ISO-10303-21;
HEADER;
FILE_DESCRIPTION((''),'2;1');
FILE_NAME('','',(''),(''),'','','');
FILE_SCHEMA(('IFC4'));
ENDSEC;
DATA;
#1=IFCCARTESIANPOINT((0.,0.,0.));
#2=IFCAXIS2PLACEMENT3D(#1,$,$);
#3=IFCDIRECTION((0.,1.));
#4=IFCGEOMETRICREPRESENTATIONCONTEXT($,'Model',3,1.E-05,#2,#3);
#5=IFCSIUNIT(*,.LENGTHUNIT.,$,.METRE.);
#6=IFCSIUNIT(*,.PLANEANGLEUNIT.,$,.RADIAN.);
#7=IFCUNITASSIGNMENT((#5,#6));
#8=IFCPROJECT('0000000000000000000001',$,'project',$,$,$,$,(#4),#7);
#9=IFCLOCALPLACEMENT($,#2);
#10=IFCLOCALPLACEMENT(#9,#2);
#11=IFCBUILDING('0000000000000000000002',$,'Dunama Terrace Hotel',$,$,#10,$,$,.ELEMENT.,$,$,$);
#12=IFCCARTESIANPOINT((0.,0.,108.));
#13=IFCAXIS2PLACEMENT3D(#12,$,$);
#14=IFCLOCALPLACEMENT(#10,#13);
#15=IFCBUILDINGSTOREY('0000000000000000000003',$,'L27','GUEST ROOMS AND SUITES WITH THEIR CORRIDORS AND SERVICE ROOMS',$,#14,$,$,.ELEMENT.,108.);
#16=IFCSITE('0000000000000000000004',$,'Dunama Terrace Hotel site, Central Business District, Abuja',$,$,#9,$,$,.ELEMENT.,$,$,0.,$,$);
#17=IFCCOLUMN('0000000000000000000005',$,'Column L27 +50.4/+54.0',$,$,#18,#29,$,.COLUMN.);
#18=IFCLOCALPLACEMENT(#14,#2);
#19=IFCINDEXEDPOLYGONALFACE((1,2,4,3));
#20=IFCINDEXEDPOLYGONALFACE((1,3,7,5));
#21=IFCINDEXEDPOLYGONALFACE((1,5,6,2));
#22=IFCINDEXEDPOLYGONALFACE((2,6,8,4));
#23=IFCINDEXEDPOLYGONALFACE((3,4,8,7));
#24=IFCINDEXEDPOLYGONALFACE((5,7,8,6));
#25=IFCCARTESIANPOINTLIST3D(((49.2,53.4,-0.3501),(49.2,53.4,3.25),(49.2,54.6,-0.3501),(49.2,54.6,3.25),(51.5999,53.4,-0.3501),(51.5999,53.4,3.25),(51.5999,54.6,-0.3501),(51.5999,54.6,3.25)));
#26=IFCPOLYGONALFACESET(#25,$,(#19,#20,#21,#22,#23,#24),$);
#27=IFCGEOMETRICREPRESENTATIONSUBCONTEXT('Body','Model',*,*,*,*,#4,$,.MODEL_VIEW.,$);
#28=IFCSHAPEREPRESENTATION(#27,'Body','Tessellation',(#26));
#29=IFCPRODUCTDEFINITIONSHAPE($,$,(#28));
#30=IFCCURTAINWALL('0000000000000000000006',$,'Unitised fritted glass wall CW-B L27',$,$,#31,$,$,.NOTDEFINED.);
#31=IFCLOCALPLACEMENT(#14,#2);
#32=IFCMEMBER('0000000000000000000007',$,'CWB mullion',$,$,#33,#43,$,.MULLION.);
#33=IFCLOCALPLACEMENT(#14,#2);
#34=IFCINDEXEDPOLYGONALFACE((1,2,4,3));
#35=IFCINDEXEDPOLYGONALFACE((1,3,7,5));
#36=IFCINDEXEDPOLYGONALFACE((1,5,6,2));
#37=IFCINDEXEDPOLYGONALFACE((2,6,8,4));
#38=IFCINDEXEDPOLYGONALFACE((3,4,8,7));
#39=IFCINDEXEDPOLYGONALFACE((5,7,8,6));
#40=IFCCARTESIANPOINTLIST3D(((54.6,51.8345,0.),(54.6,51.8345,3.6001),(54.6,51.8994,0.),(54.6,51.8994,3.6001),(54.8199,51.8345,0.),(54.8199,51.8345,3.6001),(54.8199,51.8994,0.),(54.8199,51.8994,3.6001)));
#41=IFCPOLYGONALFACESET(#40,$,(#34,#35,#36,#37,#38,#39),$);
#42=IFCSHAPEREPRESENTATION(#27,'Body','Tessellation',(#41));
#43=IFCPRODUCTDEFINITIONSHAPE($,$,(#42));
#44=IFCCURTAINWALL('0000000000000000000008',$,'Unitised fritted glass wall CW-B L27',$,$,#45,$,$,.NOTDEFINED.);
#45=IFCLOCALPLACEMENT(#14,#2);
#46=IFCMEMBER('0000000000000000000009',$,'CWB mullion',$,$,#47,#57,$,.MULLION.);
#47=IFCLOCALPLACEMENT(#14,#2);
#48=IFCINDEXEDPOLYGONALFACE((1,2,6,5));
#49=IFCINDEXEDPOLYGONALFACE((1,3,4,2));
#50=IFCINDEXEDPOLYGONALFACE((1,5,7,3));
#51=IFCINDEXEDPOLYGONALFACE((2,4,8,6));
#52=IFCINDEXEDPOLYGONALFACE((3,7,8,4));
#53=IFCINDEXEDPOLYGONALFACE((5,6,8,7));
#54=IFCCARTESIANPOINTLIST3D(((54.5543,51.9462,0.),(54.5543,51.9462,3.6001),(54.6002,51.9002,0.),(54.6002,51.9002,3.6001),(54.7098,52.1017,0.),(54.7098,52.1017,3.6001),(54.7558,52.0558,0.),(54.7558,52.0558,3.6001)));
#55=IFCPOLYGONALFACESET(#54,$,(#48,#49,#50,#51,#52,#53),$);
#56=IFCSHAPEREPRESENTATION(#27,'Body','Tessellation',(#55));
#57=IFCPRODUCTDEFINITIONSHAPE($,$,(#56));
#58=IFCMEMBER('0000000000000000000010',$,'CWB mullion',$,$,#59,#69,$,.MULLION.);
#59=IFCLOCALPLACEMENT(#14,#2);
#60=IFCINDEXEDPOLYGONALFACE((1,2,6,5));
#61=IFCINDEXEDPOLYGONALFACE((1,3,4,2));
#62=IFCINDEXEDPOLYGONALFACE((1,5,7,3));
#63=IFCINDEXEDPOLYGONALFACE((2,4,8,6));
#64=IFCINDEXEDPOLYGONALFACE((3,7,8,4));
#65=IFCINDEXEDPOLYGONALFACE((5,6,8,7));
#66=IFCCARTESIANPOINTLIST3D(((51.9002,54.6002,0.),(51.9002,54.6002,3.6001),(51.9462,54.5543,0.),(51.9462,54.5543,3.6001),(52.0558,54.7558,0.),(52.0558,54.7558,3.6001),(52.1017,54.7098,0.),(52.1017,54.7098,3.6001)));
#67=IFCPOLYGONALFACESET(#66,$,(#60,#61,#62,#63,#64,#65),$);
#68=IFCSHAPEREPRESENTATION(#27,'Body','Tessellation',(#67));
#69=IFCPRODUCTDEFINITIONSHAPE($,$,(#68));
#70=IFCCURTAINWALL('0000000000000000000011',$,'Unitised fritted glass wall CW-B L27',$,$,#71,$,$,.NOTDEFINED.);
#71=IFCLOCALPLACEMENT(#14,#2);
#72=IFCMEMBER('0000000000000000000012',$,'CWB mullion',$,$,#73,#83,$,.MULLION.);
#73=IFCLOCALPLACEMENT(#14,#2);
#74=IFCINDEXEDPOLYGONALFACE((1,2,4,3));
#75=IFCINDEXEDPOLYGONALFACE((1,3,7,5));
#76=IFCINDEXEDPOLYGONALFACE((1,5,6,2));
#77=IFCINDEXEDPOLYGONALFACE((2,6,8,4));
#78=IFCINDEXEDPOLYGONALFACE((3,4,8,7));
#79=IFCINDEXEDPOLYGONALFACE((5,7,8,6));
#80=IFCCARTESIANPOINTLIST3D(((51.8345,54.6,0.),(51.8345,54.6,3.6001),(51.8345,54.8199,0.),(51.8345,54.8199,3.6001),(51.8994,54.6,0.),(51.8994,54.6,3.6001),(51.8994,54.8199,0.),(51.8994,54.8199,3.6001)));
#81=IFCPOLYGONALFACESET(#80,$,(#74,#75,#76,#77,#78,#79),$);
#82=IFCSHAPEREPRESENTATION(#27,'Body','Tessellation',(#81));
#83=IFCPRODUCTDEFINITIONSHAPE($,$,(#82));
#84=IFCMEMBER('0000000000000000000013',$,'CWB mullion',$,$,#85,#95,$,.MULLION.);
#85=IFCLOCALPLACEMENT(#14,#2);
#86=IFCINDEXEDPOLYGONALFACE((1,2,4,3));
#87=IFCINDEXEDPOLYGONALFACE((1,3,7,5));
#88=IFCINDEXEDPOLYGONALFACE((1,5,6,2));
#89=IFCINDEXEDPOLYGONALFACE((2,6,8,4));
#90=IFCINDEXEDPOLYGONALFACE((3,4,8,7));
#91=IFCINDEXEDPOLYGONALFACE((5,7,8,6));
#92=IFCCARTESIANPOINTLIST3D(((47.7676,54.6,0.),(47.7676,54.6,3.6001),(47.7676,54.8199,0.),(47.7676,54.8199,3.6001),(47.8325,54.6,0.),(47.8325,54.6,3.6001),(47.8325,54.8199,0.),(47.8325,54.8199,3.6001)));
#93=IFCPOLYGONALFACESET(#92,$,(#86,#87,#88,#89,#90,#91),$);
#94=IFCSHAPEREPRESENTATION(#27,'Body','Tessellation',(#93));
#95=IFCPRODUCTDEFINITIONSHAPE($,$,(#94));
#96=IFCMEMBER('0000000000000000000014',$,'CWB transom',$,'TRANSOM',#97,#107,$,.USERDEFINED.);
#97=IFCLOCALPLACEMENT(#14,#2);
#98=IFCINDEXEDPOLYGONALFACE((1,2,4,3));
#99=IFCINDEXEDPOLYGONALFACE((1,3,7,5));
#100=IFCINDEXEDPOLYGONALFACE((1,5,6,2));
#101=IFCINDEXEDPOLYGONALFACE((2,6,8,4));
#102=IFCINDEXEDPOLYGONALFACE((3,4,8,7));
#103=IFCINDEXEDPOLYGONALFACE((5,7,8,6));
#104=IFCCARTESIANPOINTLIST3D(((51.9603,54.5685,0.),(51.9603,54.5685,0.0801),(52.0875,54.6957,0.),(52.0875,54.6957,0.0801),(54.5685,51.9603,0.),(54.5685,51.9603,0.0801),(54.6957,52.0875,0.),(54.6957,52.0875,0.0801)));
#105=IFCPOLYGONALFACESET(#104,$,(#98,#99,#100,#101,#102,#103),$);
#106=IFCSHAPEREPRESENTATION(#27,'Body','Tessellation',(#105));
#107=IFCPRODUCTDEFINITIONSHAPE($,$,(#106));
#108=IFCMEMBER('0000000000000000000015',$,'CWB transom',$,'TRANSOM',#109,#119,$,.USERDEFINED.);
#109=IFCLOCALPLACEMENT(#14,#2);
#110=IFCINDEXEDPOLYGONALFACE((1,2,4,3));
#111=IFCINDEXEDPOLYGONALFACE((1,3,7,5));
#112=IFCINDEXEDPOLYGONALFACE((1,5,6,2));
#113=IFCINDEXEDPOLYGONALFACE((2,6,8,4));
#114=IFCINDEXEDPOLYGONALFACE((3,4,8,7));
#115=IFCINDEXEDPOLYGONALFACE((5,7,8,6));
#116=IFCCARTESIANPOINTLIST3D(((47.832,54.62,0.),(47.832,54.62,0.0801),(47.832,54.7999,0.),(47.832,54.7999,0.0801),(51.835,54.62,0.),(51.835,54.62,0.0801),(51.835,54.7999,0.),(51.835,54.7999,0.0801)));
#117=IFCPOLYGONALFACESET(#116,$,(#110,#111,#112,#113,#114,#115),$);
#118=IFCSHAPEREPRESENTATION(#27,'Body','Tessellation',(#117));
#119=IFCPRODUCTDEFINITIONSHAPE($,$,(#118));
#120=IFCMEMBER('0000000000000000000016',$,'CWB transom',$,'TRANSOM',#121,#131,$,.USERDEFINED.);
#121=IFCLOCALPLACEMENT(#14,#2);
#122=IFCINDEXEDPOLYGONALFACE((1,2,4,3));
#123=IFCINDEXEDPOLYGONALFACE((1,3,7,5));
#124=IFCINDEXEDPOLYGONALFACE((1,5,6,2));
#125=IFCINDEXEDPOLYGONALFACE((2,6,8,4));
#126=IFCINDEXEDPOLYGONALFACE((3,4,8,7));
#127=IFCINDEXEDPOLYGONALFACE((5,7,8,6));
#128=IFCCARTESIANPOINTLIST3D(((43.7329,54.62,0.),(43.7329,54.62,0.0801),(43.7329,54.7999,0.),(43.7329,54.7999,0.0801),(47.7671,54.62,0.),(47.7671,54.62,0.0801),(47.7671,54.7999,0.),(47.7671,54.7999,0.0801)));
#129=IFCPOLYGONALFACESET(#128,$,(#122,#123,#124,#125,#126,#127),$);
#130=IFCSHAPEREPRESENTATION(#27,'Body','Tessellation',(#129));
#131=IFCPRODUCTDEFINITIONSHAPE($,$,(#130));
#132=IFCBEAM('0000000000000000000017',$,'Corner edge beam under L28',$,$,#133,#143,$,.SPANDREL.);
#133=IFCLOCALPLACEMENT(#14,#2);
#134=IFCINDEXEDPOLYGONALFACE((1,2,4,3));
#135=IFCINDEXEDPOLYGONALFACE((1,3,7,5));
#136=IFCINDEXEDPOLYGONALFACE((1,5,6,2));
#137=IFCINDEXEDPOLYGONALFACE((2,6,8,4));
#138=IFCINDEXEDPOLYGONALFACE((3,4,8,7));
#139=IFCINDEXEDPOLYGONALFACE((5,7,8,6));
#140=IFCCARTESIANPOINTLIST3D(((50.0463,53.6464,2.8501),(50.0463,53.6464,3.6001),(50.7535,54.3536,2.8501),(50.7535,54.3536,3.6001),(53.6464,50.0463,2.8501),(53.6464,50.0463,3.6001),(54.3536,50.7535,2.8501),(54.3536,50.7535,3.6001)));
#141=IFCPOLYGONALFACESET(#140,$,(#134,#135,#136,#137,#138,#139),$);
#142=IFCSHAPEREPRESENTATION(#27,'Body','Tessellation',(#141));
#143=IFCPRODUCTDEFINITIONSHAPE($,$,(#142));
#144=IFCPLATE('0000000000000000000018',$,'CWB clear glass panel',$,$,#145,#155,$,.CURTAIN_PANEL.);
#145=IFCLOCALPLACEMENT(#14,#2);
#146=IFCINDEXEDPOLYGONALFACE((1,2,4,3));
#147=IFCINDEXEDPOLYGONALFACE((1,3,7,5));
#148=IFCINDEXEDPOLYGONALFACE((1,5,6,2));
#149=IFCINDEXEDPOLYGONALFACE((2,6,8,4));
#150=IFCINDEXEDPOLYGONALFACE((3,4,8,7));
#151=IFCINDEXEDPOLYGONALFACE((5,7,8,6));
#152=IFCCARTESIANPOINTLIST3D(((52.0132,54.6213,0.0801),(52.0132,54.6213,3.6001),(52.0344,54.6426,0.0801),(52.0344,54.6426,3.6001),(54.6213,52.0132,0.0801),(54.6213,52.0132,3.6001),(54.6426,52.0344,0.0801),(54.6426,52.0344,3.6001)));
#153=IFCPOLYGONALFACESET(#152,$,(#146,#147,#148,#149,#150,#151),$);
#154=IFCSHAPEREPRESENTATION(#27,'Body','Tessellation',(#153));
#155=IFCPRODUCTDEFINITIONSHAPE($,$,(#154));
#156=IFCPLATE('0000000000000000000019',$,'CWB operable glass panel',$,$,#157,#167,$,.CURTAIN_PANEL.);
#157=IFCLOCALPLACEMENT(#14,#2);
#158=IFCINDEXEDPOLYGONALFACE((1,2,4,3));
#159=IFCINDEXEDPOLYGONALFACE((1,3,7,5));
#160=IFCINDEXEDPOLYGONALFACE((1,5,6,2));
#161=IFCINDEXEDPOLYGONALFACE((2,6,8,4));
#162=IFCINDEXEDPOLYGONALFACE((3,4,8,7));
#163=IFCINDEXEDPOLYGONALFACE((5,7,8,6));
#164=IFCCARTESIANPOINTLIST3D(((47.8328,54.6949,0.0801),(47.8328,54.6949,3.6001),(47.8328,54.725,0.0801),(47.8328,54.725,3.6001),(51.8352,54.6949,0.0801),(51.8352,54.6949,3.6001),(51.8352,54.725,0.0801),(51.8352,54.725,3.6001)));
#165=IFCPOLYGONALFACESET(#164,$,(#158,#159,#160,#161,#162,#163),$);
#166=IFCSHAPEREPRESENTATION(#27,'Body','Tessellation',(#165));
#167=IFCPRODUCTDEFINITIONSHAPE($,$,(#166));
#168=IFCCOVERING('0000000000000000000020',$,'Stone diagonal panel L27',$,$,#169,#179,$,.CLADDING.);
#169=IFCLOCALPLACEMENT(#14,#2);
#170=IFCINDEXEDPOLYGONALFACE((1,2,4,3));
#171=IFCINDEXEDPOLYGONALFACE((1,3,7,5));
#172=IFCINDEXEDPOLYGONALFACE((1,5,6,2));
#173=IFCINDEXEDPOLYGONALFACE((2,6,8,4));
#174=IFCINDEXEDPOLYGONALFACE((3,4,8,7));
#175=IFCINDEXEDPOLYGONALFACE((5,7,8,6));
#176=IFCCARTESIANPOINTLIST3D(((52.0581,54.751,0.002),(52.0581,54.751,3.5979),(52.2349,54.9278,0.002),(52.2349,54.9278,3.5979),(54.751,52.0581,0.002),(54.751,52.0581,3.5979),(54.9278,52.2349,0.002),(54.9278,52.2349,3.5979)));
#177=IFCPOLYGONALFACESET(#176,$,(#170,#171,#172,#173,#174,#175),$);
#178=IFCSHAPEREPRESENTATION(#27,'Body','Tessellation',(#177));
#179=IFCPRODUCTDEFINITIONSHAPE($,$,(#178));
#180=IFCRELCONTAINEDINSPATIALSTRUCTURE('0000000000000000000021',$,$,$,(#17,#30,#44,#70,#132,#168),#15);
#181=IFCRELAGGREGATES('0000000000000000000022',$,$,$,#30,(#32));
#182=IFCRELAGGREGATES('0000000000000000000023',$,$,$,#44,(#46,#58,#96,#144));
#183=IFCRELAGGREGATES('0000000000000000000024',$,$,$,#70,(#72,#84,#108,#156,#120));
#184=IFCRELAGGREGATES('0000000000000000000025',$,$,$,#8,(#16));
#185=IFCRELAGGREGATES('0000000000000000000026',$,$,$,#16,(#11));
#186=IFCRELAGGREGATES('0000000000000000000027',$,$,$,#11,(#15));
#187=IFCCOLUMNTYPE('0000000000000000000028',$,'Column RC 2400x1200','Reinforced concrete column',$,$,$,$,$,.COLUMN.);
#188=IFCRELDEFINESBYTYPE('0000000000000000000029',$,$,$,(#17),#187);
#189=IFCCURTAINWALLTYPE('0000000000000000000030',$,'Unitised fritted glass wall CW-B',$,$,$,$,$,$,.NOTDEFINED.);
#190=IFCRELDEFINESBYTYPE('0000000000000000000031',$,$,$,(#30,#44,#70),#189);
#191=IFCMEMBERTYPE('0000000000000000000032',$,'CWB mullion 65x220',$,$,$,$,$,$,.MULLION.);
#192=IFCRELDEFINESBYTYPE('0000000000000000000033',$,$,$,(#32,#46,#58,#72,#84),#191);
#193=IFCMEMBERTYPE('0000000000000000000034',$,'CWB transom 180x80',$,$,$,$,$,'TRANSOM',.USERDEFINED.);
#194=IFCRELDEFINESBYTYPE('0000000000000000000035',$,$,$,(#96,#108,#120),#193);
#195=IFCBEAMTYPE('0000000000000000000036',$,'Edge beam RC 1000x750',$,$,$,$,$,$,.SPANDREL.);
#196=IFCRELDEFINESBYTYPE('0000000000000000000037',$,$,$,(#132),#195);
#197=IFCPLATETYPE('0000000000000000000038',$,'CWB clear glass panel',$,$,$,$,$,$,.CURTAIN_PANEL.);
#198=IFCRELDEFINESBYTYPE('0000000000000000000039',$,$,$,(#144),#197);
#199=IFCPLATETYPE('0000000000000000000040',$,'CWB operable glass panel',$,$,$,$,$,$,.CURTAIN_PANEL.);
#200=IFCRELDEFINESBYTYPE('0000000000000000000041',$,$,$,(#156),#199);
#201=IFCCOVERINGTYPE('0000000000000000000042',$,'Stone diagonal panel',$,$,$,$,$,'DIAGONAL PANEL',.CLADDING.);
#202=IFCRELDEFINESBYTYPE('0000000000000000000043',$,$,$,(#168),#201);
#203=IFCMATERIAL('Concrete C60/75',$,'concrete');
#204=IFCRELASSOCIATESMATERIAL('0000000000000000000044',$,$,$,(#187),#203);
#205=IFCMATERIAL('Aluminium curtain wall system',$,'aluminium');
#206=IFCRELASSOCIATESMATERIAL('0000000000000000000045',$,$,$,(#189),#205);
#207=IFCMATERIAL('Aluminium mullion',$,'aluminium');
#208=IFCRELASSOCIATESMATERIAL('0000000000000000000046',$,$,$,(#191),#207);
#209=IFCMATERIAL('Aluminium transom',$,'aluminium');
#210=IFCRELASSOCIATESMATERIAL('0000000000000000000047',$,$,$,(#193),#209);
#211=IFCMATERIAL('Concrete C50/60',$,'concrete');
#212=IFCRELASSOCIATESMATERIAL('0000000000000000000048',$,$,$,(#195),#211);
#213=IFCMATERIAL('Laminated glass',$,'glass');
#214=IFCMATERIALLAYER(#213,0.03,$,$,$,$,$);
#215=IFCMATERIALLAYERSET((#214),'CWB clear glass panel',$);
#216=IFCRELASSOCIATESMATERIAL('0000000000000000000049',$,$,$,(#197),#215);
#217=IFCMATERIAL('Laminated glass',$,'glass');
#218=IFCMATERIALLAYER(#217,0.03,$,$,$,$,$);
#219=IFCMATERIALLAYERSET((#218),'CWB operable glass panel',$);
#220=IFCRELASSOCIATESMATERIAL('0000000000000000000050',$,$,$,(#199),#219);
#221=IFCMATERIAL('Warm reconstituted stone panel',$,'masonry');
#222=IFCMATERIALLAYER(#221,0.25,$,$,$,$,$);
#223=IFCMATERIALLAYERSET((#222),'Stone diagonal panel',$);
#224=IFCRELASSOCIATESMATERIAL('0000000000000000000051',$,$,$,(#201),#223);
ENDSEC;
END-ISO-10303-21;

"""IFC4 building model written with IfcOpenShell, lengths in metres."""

from ifc_helpers import new_model, si_unit, direction, frame, origin, origin_2d, place, context, subcontext, project, spatial, rectangle, extrude, material, layer, layer_set, material_profile, profile_set, type_object, element, aggregate, save


model = new_model("IFC4")

# Units and contexts
model_context = context("Model", 3, precision=1e-05, world=origin(), true_north=direction((0.0, 1.0)))
body_context = subcontext(model_context, "Body", "Model", "MODEL_VIEW")
ifc_project = project(units=[si_unit("LENGTHUNIT", "METRE"), si_unit("PLANEANGLEUNIT", "RADIAN")], contexts=[model_context])

# Site, building, storey
site_placement = place(None, origin())
site = spatial("IfcSite", under=ifc_project, at=site_placement, Name="Dunama Terrace Hotel site, Central Business District, Abuja", CompositionType="ELEMENT", RefElevation=0.0)
building_placement = place(site_placement, origin())
building = spatial("IfcBuilding", under=site, at=building_placement, Name="Dunama Terrace Hotel", CompositionType="ELEMENT")
storey_placement = place(building_placement, frame((0.0, 0.0, 108.0)))
storey = spatial("IfcBuildingStorey", under=building, at=storey_placement, Name="L27", Description="GUEST ROOMS AND SUITES WITH THEIR CORRIDORS AND SERVICE ROOMS", CompositionType="ELEMENT", Elevation=108.0)

# Column
ifc_material_1 = material(Name="Concrete C60/75", Category="concrete")
ifc_material_profile_1 = material_profile(ifc_material_1, rectangle(XDim=2.3999, YDim=1.2, at=origin_2d()), Name="RC 2400x1200")
ifc_profile_set_1 = profile_set([ifc_material_profile_1], Name="Concrete C60/75")
column_type = type_object("IfcColumnType", Name="Column RC 2400x1200", Description="Reinforced concrete column", PredefinedType="COLUMN", material=ifc_profile_set_1)
column_placement = place(storey_placement, frame((50.3999, 54.0, -0.3501), z_axis=(0.0, 0.0, 1.0), x_axis=(1.0, 0.0, 0.0)))
element("IfcColumn", 1, at=column_placement, inside=storey, type_object=column_type, Name="Column L27 +50.4/+54.0", PredefinedType="COLUMN", context=body_context, shape_type="SweptSolid", body=[
    extrude(rectangle(XDim=2.3999, YDim=1.2, at=origin_2d()), origin(), (0.0, 0.0, 1.0), 3.6001),
])

# Curtain wall, member
ifc_material_2 = material(Name="Aluminium curtain wall system", Category="aluminium")
curtain_wall_type = type_object("IfcCurtainWallType", Name="Unitised fritted glass wall CW-B", PredefinedType="NOTDEFINED", material=ifc_material_2)
curtain_wall_1_placement = place(storey_placement, origin())
curtain_wall_1 = element("IfcCurtainWall", 2, at=curtain_wall_1_placement, inside=storey, type_object=curtain_wall_type, Name="Unitised fritted glass wall CW-B L27", PredefinedType="NOTDEFINED")
ifc_material_3 = material(Name="Aluminium mullion", Category="aluminium")
ifc_material_profile_2 = material_profile(ifc_material_3, rectangle(XDim=0.0649, YDim=0.22, at=origin_2d()), Name="CWB MULLION 65X220")
ifc_profile_set_2 = profile_set([ifc_material_profile_2], Name="Aluminium mullion")
member_type_1 = type_object("IfcMemberType", Name="CWB mullion 65x220", PredefinedType="MULLION", material=ifc_profile_set_2)
member_1_placement = place(storey_placement, frame((54.71, 51.8669, 0.0), z_axis=(0.0, 0.0, 1.0), x_axis=(0.0, 1.0, 0.0)))
member_1 = element("IfcMember", 3, at=member_1_placement, type_object=member_type_1, Name="CWB mullion", PredefinedType="MULLION", context=body_context, shape_type="SweptSolid", body=[
    extrude(rectangle(XDim=0.0649, YDim=0.22, at=origin_2d()), origin(), (0.0, 0.0, 1.0), 3.6001),
])
aggregate(curtain_wall_1, [member_1])

# Curtain walls, members
curtain_wall_2_placement = place(storey_placement, origin())
curtain_wall_2 = element("IfcCurtainWall", 4, at=curtain_wall_2_placement, inside=storey, type_object=curtain_wall_type, Name="Unitised fritted glass wall CW-B L27", PredefinedType="NOTDEFINED")
member_2_placement = place(storey_placement, frame((54.655, 52.001, 0.0), z_axis=(0.0, 0.0, 1.0), x_axis=(-0.707107, 0.707107, 0.0)))
member_2 = element("IfcMember", 5, at=member_2_placement, type_object=member_type_1, Name="CWB mullion", PredefinedType="MULLION", context=body_context, shape_type="SweptSolid", body=[
    extrude(rectangle(XDim=0.0649, YDim=0.22, at=origin_2d()), origin(), (0.0, 0.0, 1.0), 3.6001),
])
member_3_placement = place(storey_placement, frame((52.001, 54.655, 0.0), z_axis=(0.0, 0.0, 1.0), x_axis=(-0.707107, 0.707107, 0.0)))
member_3 = element("IfcMember", 6, at=member_3_placement, type_object=member_type_1, Name="CWB mullion", PredefinedType="MULLION", context=body_context, shape_type="SweptSolid", body=[
    extrude(rectangle(XDim=0.0649, YDim=0.22, at=origin_2d()), origin(), (0.0, 0.0, 1.0), 3.6001),
])
curtain_wall_3_placement = place(storey_placement, origin())
curtain_wall_3 = element("IfcCurtainWall", 7, at=curtain_wall_3_placement, inside=storey, type_object=curtain_wall_type, Name="Unitised fritted glass wall CW-B L27", PredefinedType="NOTDEFINED")
member_4_placement = place(storey_placement, frame((51.8669, 54.71, 0.0), z_axis=(0.0, 0.0, 1.0), x_axis=(-1.0, 0.0, 0.0)))
member_4 = element("IfcMember", 8, at=member_4_placement, type_object=member_type_1, Name="CWB mullion", PredefinedType="MULLION", context=body_context, shape_type="SweptSolid", body=[
    extrude(rectangle(XDim=0.0649, YDim=0.22, at=origin_2d()), origin(), (0.0, 0.0, 1.0), 3.6001),
])
member_5_placement = place(storey_placement, frame((47.8, 54.71, 0.0), z_axis=(0.0, 0.0, 1.0), x_axis=(-1.0, 0.0, 0.0)))
member_5 = element("IfcMember", 9, at=member_5_placement, type_object=member_type_1, Name="CWB mullion", PredefinedType="MULLION", context=body_context, shape_type="SweptSolid", body=[
    extrude(rectangle(XDim=0.0649, YDim=0.22, at=origin_2d()), origin(), (0.0, 0.0, 1.0), 3.6001),
])

# Members
ifc_material_4 = material(Name="Aluminium transom", Category="aluminium")
ifc_material_profile_3 = material_profile(ifc_material_4, rectangle(XDim=0.1799, YDim=0.0801, at=origin_2d()), Name="CWB TRANSOM 180X80")
ifc_profile_set_3 = profile_set([ifc_material_profile_3], Name="Aluminium transom")
member_type_2 = type_object("IfcMemberType", Name="CWB transom 180x80", ElementType="TRANSOM", PredefinedType="USERDEFINED", material=ifc_profile_set_3)
member_6_placement = place(storey_placement, frame((54.6321, 52.0239, 0.04), z_axis=(-0.707107, 0.707107, 0.0), x_axis=(-0.707107, -0.707107, 0.0)))
member_6 = element("IfcMember", 10, at=member_6_placement, type_object=member_type_2, Name="CWB transom", ObjectType="TRANSOM", PredefinedType="USERDEFINED", context=body_context, shape_type="SweptSolid", body=[
    extrude(rectangle(XDim=0.1799, YDim=0.0801, at=origin_2d()), origin(), (0.0, 0.0, 1.0), 3.6885),
])
member_7_placement = place(storey_placement, frame((51.835, 54.71, 0.04), z_axis=(-1.0, 0.0, 0.0), x_axis=(0.0, -1.0, 0.0)))
member_7 = element("IfcMember", 11, at=member_7_placement, type_object=member_type_2, Name="CWB transom", ObjectType="TRANSOM", PredefinedType="USERDEFINED", context=body_context, shape_type="SweptSolid", body=[
    extrude(rectangle(XDim=0.1799, YDim=0.0801, at=origin_2d()), origin(), (0.0, 0.0, 1.0), 4.0029),
])
member_8_placement = place(storey_placement, frame((47.7671, 54.71, 0.04), z_axis=(-1.0, 0.0, 0.0), x_axis=(0.0, -1.0, 0.0)))
member_8 = element("IfcMember", 12, at=member_8_placement, type_object=member_type_2, Name="CWB transom", ObjectType="TRANSOM", PredefinedType="USERDEFINED", context=body_context, shape_type="SweptSolid", body=[
    extrude(rectangle(XDim=0.1799, YDim=0.0801, at=origin_2d()), origin(), (0.0, 0.0, 1.0), 4.0342),
])

# Beam
ifc_material_5 = material(Name="Concrete C50/60", Category="concrete")
ifc_material_profile_4 = material_profile(ifc_material_5, rectangle(XDim=1.0, YDim=0.75, at=origin_2d()), Name="RC 1000x750")
ifc_profile_set_4 = profile_set([ifc_material_profile_4], Name="Concrete C50/60")
beam_type = type_object("IfcBeamType", Name="Edge beam RC 1000x750", PredefinedType="SPANDREL", material=ifc_profile_set_4)
beam_placement = place(storey_placement, frame((50.3999, 54.0, 3.2251), z_axis=(0.707107, -0.707107, 0.0), x_axis=(0.707107, 0.707107, 0.0)))
element("IfcBeam", 13, at=beam_placement, inside=storey, type_object=beam_type, Name="Corner edge beam under L28", PredefinedType="SPANDREL", context=body_context, shape_type="SweptSolid", body=[
    extrude(rectangle(XDim=1.0, YDim=0.75, at=origin_2d()), origin(), (0.0, 0.0, 1.0), 5.0913),
])

# Plates
ifc_material_6 = material(Name="Laminated glass", Category="glass")
ifc_layer_1 = layer(ifc_material_6, 0.03)
ifc_layer_set_1 = layer_set([ifc_layer_1], Name="CWB clear glass panel")
plate_type_1 = type_object("IfcPlateType", Name="CWB clear glass panel", PredefinedType="CURTAIN_PANEL", material=ifc_layer_set_1)
plate_1_placement = place(storey_placement, frame((53.3279, 53.3279, 0.0801), z_axis=(0.0, 0.0, 1.0), x_axis=(-0.707107, 0.707107, 0.0)))
plate_1 = element("IfcPlate", 14, at=plate_1_placement, type_object=plate_type_1, Name="CWB clear glass panel", PredefinedType="CURTAIN_PANEL", context=body_context, shape_type="SweptSolid", body=[
    extrude(rectangle(XDim=3.6885, YDim=0.03, at=origin_2d()), origin(), (0.0, 0.0, 1.0), 3.52),
])
aggregate(curtain_wall_2, [member_2, member_3, member_6, plate_1])
ifc_material_7 = material(Name="Laminated glass", Category="glass")
ifc_layer_2 = layer(ifc_material_7, 0.03)
ifc_layer_set_2 = layer_set([ifc_layer_2], Name="CWB operable glass panel")
plate_type_2 = type_object("IfcPlateType", Name="CWB operable glass panel", PredefinedType="CURTAIN_PANEL", material=ifc_layer_set_2)
plate_2_placement = place(storey_placement, frame((49.834, 54.71, 0.0801), z_axis=(0.0, 0.0, 1.0), x_axis=(-1.0, 0.0, 0.0)))
plate_2 = element("IfcPlate", 15, at=plate_2_placement, type_object=plate_type_2, Name="CWB operable glass panel", PredefinedType="CURTAIN_PANEL", context=body_context, shape_type="SweptSolid", body=[
    extrude(rectangle(XDim=4.0024, YDim=0.03, at=origin_2d()), origin(), (0.0, 0.0, 1.0), 3.52),
])
aggregate(curtain_wall_3, [member_4, member_5, member_7, plate_2, member_8])

# Covering
ifc_material_8 = material(Name="Warm reconstituted stone panel", Category="masonry")
ifc_layer_3 = layer(ifc_material_8, 0.25)
ifc_layer_set_3 = layer_set([ifc_layer_3], Name="Stone diagonal panel")
covering_type = type_object("IfcCoveringType", Name="Stone diagonal panel", ElementType="DIAGONAL PANEL", PredefinedType="CLADDING", material=ifc_layer_set_3)
covering_placement = place(storey_placement, frame((53.4929, 53.4929, 0.002), z_axis=(0.0, 0.0, 1.0), x_axis=(-0.707107, 0.707107, 0.0)))
element("IfcCovering", 16, at=covering_placement, inside=storey, type_object=covering_type, Name="Stone diagonal panel L27", PredefinedType="CLADDING", context=body_context, shape_type="SweptSolid", body=[
    extrude(rectangle(XDim=3.8083, YDim=0.25, at=origin_2d()), origin(), (0.0, 0.0, 1.0), 3.5959),
])

save(model, "model.ifc")
